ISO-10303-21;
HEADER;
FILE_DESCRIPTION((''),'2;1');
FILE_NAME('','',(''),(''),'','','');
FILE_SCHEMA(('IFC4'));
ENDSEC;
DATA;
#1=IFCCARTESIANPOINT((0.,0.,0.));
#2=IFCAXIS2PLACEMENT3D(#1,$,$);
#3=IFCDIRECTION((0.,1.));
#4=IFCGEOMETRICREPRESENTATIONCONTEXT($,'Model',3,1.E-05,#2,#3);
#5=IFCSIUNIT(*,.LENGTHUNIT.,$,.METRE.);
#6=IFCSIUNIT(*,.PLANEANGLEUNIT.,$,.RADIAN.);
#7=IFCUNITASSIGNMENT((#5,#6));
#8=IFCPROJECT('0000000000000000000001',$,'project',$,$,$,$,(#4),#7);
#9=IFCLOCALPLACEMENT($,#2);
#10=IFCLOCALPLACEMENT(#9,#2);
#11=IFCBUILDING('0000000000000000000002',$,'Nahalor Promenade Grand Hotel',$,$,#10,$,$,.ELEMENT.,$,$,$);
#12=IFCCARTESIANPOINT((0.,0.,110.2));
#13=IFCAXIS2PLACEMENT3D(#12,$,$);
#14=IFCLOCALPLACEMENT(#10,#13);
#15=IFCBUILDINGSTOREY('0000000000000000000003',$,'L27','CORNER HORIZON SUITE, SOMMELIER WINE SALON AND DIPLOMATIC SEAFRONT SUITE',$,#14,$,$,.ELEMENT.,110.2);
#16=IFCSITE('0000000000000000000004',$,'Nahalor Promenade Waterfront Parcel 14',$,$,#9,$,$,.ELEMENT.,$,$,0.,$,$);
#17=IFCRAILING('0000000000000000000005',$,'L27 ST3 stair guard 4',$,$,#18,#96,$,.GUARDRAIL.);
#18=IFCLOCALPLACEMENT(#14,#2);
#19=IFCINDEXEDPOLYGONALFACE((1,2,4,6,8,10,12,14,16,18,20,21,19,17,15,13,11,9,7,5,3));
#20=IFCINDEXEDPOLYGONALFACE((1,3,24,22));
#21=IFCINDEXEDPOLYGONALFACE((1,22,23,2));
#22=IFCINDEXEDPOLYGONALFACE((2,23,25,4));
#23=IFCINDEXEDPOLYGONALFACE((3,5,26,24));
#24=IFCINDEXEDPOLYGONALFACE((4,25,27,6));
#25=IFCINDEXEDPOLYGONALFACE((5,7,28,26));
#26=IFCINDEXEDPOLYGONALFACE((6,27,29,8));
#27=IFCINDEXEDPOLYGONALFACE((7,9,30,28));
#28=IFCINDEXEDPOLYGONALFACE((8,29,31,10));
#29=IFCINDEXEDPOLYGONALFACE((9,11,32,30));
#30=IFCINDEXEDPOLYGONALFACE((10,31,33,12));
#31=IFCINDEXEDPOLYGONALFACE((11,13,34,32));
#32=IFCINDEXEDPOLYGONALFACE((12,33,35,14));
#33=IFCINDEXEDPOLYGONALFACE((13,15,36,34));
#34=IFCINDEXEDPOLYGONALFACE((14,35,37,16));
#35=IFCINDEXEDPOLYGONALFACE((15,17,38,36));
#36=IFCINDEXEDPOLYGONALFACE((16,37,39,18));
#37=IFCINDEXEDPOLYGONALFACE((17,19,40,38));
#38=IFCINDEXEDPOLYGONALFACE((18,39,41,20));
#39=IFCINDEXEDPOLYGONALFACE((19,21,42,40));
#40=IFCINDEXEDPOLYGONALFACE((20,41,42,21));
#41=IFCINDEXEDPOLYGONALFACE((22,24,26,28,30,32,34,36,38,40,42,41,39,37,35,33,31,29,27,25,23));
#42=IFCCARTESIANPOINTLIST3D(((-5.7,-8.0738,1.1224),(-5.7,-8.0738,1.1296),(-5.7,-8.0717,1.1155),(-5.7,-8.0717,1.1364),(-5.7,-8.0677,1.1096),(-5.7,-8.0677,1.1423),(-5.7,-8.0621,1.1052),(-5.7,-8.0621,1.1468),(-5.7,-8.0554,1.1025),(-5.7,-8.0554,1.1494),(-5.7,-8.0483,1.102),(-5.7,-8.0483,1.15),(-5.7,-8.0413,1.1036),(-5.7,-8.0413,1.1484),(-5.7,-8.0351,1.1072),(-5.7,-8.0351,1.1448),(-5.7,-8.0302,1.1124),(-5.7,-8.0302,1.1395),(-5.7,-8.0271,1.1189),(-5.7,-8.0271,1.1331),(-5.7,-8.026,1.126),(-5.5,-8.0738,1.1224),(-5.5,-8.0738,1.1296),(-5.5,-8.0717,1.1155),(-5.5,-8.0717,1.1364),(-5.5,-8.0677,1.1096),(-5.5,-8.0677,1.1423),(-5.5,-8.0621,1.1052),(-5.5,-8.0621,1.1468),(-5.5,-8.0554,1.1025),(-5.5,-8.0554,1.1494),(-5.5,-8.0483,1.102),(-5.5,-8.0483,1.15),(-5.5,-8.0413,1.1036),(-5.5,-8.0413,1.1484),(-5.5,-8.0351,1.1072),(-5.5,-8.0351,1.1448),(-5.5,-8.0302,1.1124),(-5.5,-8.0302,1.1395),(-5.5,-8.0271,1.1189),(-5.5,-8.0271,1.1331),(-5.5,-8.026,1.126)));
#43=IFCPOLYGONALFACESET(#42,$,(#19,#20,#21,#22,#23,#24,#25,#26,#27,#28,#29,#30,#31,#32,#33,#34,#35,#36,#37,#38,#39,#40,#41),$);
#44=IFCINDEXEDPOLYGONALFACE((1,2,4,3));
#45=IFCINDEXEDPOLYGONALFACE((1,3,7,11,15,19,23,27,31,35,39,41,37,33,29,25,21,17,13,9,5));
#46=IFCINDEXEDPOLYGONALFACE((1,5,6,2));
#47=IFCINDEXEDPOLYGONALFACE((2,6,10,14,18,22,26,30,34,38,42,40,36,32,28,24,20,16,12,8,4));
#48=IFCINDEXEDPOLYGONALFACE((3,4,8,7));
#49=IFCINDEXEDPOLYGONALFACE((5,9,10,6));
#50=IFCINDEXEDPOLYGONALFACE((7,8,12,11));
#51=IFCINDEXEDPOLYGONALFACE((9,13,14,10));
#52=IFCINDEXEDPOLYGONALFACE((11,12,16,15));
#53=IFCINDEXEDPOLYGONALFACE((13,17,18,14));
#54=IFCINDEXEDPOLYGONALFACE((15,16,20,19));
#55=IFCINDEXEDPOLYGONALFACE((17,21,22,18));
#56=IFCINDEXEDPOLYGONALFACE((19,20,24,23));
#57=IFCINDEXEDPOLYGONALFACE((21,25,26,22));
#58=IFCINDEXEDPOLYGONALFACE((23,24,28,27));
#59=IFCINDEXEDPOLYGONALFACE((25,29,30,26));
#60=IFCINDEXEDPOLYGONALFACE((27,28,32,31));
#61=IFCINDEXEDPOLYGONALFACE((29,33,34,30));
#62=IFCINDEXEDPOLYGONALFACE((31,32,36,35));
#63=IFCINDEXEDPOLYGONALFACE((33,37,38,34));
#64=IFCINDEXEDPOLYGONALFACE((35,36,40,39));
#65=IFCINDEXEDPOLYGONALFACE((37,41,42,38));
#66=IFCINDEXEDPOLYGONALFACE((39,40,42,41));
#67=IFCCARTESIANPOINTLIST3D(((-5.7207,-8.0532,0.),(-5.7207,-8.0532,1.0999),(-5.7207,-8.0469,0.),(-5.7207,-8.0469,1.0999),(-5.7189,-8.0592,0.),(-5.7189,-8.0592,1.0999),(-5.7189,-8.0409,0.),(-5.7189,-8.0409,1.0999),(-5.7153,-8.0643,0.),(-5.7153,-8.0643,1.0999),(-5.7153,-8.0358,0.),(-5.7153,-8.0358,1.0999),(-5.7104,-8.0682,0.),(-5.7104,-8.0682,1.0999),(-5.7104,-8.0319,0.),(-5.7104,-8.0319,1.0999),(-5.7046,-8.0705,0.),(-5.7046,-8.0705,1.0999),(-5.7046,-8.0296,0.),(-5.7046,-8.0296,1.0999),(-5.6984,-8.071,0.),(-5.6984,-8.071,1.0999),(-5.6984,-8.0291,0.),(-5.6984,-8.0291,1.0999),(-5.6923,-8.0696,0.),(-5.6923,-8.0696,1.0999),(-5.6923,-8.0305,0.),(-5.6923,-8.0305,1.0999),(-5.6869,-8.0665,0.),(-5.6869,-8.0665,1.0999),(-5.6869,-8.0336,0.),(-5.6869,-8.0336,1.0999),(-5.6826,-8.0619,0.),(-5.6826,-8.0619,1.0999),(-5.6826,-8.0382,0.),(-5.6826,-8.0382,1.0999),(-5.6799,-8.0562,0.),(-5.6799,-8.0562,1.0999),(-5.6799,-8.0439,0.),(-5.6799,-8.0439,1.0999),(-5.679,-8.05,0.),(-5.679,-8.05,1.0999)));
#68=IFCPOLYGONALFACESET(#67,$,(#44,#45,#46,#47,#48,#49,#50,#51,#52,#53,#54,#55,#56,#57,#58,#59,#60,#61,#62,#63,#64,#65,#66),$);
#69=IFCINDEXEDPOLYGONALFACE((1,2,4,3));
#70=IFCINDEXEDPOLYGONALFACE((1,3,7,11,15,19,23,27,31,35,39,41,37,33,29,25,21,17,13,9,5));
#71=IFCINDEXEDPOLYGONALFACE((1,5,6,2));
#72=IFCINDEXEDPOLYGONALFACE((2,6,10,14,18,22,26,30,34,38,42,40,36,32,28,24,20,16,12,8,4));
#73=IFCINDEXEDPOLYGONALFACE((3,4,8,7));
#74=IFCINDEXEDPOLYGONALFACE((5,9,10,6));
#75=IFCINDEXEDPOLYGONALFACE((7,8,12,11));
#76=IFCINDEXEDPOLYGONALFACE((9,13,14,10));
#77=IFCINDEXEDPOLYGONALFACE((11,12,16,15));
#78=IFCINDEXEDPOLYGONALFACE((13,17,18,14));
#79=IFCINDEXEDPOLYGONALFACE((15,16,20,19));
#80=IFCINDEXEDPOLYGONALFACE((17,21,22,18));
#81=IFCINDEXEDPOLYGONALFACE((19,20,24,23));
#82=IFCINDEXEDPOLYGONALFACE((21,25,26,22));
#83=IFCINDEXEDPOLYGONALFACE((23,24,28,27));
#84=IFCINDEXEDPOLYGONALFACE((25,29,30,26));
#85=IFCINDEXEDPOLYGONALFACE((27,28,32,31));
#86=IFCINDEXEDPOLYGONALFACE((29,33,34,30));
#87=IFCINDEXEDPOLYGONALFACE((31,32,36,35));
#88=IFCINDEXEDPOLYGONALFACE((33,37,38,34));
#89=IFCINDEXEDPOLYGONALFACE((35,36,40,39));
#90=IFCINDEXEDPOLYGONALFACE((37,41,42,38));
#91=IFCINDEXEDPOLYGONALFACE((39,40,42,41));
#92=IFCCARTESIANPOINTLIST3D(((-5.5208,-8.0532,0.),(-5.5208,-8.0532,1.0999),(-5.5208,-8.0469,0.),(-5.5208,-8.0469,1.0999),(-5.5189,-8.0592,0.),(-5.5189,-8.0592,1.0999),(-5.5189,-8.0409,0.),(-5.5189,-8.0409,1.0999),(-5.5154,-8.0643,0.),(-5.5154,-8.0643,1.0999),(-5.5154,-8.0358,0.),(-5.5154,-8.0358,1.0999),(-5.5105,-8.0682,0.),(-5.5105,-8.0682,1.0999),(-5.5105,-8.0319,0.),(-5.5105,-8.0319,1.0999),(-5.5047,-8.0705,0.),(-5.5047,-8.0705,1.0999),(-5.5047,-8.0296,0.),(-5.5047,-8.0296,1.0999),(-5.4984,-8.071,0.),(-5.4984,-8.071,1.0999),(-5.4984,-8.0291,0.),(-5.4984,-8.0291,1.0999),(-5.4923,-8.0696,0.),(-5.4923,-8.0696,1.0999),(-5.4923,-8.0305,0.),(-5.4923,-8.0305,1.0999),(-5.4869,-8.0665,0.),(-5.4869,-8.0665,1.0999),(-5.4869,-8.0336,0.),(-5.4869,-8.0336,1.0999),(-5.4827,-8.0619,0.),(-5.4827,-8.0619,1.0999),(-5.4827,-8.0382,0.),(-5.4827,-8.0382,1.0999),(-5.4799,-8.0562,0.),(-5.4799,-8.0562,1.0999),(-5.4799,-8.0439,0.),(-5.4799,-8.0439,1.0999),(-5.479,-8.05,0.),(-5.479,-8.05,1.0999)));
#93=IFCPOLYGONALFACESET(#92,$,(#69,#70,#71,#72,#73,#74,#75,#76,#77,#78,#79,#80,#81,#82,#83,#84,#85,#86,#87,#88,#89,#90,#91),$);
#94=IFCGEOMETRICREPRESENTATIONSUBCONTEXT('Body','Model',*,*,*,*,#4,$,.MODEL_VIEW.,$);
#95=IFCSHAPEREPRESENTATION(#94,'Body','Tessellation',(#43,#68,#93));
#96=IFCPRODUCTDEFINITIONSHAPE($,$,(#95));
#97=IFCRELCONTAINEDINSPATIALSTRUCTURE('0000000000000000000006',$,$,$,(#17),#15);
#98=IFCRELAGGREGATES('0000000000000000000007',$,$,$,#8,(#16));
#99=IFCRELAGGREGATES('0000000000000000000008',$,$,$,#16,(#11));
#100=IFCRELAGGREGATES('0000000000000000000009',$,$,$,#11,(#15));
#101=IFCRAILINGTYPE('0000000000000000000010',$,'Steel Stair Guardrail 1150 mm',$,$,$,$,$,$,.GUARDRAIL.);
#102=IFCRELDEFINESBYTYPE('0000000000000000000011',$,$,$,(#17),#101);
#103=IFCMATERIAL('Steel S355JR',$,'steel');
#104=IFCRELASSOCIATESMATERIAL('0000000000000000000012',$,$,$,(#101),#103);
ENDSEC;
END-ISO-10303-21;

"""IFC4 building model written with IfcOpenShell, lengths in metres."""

from ifc_helpers import new_model, si_unit, direction, frame, origin, origin_2d, place, context, subcontext, project, spatial, circle, extrude, material, type_object, element, save


model = new_model("IFC4")

# Units and contexts
model_context = context("Model", 3, precision=1e-05, world=origin(), true_north=direction((0.0, 1.0)))
body_context = subcontext(model_context, "Body", "Model", "MODEL_VIEW")
ifc_project = project(units=[si_unit("LENGTHUNIT", "METRE"), si_unit("PLANEANGLEUNIT", "RADIAN")], contexts=[model_context])

# Site, building, storey
site_placement = place(None, origin())
site = spatial("IfcSite", under=ifc_project, at=site_placement, Name="Nahalor Promenade Waterfront Parcel 14", CompositionType="ELEMENT", RefElevation=0.0)
building_placement = place(site_placement, origin())
building = spatial("IfcBuilding", under=site, at=building_placement, Name="Nahalor Promenade Grand Hotel", CompositionType="ELEMENT")
storey_placement = place(building_placement, frame((0.0, 0.0, 110.2)))
storey = spatial("IfcBuildingStorey", under=building, at=storey_placement, Name="L27", Description="CORNER HORIZON SUITE, SOMMELIER WINE SALON AND DIPLOMATIC SEAFRONT SUITE", CompositionType="ELEMENT", Elevation=110.2)

# Shared definitions
ifc_material_1 = material(Name="Steel S355JR", Category="steel")

# Railing
railing_type_1 = type_object("IfcRailingType", Name="Steel Stair Guardrail 1150 mm", PredefinedType="GUARDRAIL", material=ifc_material_1)
railing_1_placement = place(storey_placement, frame((-5.7, -8.05, 0.0)))
element("IfcRailing", 1, at=railing_1_placement, inside=storey, type_object=railing_type_1, Name="L27 ST3 stair guard 4", PredefinedType="GUARDRAIL", context=body_context, shape_type="SweptSolid", body=[
    extrude(circle(Radius=0.024, at=origin_2d()), frame((0.0, 0.0, 1.126), z_axis=(1.0, 0.0, 0.0), x_axis=(0.0, 1.0, 0.0)), (0.0, 0.0, 1.0), 0.2),
    extrude(circle(Radius=0.021, at=origin_2d()), origin(), (0.0, 0.0, 1.0), 1.0999),
    extrude(circle(Radius=0.021, at=origin_2d()), frame((0.2, 0.0, 0.0)), (0.0, 0.0, 1.0), 1.0999),
])

save(model, "model.ifc")
